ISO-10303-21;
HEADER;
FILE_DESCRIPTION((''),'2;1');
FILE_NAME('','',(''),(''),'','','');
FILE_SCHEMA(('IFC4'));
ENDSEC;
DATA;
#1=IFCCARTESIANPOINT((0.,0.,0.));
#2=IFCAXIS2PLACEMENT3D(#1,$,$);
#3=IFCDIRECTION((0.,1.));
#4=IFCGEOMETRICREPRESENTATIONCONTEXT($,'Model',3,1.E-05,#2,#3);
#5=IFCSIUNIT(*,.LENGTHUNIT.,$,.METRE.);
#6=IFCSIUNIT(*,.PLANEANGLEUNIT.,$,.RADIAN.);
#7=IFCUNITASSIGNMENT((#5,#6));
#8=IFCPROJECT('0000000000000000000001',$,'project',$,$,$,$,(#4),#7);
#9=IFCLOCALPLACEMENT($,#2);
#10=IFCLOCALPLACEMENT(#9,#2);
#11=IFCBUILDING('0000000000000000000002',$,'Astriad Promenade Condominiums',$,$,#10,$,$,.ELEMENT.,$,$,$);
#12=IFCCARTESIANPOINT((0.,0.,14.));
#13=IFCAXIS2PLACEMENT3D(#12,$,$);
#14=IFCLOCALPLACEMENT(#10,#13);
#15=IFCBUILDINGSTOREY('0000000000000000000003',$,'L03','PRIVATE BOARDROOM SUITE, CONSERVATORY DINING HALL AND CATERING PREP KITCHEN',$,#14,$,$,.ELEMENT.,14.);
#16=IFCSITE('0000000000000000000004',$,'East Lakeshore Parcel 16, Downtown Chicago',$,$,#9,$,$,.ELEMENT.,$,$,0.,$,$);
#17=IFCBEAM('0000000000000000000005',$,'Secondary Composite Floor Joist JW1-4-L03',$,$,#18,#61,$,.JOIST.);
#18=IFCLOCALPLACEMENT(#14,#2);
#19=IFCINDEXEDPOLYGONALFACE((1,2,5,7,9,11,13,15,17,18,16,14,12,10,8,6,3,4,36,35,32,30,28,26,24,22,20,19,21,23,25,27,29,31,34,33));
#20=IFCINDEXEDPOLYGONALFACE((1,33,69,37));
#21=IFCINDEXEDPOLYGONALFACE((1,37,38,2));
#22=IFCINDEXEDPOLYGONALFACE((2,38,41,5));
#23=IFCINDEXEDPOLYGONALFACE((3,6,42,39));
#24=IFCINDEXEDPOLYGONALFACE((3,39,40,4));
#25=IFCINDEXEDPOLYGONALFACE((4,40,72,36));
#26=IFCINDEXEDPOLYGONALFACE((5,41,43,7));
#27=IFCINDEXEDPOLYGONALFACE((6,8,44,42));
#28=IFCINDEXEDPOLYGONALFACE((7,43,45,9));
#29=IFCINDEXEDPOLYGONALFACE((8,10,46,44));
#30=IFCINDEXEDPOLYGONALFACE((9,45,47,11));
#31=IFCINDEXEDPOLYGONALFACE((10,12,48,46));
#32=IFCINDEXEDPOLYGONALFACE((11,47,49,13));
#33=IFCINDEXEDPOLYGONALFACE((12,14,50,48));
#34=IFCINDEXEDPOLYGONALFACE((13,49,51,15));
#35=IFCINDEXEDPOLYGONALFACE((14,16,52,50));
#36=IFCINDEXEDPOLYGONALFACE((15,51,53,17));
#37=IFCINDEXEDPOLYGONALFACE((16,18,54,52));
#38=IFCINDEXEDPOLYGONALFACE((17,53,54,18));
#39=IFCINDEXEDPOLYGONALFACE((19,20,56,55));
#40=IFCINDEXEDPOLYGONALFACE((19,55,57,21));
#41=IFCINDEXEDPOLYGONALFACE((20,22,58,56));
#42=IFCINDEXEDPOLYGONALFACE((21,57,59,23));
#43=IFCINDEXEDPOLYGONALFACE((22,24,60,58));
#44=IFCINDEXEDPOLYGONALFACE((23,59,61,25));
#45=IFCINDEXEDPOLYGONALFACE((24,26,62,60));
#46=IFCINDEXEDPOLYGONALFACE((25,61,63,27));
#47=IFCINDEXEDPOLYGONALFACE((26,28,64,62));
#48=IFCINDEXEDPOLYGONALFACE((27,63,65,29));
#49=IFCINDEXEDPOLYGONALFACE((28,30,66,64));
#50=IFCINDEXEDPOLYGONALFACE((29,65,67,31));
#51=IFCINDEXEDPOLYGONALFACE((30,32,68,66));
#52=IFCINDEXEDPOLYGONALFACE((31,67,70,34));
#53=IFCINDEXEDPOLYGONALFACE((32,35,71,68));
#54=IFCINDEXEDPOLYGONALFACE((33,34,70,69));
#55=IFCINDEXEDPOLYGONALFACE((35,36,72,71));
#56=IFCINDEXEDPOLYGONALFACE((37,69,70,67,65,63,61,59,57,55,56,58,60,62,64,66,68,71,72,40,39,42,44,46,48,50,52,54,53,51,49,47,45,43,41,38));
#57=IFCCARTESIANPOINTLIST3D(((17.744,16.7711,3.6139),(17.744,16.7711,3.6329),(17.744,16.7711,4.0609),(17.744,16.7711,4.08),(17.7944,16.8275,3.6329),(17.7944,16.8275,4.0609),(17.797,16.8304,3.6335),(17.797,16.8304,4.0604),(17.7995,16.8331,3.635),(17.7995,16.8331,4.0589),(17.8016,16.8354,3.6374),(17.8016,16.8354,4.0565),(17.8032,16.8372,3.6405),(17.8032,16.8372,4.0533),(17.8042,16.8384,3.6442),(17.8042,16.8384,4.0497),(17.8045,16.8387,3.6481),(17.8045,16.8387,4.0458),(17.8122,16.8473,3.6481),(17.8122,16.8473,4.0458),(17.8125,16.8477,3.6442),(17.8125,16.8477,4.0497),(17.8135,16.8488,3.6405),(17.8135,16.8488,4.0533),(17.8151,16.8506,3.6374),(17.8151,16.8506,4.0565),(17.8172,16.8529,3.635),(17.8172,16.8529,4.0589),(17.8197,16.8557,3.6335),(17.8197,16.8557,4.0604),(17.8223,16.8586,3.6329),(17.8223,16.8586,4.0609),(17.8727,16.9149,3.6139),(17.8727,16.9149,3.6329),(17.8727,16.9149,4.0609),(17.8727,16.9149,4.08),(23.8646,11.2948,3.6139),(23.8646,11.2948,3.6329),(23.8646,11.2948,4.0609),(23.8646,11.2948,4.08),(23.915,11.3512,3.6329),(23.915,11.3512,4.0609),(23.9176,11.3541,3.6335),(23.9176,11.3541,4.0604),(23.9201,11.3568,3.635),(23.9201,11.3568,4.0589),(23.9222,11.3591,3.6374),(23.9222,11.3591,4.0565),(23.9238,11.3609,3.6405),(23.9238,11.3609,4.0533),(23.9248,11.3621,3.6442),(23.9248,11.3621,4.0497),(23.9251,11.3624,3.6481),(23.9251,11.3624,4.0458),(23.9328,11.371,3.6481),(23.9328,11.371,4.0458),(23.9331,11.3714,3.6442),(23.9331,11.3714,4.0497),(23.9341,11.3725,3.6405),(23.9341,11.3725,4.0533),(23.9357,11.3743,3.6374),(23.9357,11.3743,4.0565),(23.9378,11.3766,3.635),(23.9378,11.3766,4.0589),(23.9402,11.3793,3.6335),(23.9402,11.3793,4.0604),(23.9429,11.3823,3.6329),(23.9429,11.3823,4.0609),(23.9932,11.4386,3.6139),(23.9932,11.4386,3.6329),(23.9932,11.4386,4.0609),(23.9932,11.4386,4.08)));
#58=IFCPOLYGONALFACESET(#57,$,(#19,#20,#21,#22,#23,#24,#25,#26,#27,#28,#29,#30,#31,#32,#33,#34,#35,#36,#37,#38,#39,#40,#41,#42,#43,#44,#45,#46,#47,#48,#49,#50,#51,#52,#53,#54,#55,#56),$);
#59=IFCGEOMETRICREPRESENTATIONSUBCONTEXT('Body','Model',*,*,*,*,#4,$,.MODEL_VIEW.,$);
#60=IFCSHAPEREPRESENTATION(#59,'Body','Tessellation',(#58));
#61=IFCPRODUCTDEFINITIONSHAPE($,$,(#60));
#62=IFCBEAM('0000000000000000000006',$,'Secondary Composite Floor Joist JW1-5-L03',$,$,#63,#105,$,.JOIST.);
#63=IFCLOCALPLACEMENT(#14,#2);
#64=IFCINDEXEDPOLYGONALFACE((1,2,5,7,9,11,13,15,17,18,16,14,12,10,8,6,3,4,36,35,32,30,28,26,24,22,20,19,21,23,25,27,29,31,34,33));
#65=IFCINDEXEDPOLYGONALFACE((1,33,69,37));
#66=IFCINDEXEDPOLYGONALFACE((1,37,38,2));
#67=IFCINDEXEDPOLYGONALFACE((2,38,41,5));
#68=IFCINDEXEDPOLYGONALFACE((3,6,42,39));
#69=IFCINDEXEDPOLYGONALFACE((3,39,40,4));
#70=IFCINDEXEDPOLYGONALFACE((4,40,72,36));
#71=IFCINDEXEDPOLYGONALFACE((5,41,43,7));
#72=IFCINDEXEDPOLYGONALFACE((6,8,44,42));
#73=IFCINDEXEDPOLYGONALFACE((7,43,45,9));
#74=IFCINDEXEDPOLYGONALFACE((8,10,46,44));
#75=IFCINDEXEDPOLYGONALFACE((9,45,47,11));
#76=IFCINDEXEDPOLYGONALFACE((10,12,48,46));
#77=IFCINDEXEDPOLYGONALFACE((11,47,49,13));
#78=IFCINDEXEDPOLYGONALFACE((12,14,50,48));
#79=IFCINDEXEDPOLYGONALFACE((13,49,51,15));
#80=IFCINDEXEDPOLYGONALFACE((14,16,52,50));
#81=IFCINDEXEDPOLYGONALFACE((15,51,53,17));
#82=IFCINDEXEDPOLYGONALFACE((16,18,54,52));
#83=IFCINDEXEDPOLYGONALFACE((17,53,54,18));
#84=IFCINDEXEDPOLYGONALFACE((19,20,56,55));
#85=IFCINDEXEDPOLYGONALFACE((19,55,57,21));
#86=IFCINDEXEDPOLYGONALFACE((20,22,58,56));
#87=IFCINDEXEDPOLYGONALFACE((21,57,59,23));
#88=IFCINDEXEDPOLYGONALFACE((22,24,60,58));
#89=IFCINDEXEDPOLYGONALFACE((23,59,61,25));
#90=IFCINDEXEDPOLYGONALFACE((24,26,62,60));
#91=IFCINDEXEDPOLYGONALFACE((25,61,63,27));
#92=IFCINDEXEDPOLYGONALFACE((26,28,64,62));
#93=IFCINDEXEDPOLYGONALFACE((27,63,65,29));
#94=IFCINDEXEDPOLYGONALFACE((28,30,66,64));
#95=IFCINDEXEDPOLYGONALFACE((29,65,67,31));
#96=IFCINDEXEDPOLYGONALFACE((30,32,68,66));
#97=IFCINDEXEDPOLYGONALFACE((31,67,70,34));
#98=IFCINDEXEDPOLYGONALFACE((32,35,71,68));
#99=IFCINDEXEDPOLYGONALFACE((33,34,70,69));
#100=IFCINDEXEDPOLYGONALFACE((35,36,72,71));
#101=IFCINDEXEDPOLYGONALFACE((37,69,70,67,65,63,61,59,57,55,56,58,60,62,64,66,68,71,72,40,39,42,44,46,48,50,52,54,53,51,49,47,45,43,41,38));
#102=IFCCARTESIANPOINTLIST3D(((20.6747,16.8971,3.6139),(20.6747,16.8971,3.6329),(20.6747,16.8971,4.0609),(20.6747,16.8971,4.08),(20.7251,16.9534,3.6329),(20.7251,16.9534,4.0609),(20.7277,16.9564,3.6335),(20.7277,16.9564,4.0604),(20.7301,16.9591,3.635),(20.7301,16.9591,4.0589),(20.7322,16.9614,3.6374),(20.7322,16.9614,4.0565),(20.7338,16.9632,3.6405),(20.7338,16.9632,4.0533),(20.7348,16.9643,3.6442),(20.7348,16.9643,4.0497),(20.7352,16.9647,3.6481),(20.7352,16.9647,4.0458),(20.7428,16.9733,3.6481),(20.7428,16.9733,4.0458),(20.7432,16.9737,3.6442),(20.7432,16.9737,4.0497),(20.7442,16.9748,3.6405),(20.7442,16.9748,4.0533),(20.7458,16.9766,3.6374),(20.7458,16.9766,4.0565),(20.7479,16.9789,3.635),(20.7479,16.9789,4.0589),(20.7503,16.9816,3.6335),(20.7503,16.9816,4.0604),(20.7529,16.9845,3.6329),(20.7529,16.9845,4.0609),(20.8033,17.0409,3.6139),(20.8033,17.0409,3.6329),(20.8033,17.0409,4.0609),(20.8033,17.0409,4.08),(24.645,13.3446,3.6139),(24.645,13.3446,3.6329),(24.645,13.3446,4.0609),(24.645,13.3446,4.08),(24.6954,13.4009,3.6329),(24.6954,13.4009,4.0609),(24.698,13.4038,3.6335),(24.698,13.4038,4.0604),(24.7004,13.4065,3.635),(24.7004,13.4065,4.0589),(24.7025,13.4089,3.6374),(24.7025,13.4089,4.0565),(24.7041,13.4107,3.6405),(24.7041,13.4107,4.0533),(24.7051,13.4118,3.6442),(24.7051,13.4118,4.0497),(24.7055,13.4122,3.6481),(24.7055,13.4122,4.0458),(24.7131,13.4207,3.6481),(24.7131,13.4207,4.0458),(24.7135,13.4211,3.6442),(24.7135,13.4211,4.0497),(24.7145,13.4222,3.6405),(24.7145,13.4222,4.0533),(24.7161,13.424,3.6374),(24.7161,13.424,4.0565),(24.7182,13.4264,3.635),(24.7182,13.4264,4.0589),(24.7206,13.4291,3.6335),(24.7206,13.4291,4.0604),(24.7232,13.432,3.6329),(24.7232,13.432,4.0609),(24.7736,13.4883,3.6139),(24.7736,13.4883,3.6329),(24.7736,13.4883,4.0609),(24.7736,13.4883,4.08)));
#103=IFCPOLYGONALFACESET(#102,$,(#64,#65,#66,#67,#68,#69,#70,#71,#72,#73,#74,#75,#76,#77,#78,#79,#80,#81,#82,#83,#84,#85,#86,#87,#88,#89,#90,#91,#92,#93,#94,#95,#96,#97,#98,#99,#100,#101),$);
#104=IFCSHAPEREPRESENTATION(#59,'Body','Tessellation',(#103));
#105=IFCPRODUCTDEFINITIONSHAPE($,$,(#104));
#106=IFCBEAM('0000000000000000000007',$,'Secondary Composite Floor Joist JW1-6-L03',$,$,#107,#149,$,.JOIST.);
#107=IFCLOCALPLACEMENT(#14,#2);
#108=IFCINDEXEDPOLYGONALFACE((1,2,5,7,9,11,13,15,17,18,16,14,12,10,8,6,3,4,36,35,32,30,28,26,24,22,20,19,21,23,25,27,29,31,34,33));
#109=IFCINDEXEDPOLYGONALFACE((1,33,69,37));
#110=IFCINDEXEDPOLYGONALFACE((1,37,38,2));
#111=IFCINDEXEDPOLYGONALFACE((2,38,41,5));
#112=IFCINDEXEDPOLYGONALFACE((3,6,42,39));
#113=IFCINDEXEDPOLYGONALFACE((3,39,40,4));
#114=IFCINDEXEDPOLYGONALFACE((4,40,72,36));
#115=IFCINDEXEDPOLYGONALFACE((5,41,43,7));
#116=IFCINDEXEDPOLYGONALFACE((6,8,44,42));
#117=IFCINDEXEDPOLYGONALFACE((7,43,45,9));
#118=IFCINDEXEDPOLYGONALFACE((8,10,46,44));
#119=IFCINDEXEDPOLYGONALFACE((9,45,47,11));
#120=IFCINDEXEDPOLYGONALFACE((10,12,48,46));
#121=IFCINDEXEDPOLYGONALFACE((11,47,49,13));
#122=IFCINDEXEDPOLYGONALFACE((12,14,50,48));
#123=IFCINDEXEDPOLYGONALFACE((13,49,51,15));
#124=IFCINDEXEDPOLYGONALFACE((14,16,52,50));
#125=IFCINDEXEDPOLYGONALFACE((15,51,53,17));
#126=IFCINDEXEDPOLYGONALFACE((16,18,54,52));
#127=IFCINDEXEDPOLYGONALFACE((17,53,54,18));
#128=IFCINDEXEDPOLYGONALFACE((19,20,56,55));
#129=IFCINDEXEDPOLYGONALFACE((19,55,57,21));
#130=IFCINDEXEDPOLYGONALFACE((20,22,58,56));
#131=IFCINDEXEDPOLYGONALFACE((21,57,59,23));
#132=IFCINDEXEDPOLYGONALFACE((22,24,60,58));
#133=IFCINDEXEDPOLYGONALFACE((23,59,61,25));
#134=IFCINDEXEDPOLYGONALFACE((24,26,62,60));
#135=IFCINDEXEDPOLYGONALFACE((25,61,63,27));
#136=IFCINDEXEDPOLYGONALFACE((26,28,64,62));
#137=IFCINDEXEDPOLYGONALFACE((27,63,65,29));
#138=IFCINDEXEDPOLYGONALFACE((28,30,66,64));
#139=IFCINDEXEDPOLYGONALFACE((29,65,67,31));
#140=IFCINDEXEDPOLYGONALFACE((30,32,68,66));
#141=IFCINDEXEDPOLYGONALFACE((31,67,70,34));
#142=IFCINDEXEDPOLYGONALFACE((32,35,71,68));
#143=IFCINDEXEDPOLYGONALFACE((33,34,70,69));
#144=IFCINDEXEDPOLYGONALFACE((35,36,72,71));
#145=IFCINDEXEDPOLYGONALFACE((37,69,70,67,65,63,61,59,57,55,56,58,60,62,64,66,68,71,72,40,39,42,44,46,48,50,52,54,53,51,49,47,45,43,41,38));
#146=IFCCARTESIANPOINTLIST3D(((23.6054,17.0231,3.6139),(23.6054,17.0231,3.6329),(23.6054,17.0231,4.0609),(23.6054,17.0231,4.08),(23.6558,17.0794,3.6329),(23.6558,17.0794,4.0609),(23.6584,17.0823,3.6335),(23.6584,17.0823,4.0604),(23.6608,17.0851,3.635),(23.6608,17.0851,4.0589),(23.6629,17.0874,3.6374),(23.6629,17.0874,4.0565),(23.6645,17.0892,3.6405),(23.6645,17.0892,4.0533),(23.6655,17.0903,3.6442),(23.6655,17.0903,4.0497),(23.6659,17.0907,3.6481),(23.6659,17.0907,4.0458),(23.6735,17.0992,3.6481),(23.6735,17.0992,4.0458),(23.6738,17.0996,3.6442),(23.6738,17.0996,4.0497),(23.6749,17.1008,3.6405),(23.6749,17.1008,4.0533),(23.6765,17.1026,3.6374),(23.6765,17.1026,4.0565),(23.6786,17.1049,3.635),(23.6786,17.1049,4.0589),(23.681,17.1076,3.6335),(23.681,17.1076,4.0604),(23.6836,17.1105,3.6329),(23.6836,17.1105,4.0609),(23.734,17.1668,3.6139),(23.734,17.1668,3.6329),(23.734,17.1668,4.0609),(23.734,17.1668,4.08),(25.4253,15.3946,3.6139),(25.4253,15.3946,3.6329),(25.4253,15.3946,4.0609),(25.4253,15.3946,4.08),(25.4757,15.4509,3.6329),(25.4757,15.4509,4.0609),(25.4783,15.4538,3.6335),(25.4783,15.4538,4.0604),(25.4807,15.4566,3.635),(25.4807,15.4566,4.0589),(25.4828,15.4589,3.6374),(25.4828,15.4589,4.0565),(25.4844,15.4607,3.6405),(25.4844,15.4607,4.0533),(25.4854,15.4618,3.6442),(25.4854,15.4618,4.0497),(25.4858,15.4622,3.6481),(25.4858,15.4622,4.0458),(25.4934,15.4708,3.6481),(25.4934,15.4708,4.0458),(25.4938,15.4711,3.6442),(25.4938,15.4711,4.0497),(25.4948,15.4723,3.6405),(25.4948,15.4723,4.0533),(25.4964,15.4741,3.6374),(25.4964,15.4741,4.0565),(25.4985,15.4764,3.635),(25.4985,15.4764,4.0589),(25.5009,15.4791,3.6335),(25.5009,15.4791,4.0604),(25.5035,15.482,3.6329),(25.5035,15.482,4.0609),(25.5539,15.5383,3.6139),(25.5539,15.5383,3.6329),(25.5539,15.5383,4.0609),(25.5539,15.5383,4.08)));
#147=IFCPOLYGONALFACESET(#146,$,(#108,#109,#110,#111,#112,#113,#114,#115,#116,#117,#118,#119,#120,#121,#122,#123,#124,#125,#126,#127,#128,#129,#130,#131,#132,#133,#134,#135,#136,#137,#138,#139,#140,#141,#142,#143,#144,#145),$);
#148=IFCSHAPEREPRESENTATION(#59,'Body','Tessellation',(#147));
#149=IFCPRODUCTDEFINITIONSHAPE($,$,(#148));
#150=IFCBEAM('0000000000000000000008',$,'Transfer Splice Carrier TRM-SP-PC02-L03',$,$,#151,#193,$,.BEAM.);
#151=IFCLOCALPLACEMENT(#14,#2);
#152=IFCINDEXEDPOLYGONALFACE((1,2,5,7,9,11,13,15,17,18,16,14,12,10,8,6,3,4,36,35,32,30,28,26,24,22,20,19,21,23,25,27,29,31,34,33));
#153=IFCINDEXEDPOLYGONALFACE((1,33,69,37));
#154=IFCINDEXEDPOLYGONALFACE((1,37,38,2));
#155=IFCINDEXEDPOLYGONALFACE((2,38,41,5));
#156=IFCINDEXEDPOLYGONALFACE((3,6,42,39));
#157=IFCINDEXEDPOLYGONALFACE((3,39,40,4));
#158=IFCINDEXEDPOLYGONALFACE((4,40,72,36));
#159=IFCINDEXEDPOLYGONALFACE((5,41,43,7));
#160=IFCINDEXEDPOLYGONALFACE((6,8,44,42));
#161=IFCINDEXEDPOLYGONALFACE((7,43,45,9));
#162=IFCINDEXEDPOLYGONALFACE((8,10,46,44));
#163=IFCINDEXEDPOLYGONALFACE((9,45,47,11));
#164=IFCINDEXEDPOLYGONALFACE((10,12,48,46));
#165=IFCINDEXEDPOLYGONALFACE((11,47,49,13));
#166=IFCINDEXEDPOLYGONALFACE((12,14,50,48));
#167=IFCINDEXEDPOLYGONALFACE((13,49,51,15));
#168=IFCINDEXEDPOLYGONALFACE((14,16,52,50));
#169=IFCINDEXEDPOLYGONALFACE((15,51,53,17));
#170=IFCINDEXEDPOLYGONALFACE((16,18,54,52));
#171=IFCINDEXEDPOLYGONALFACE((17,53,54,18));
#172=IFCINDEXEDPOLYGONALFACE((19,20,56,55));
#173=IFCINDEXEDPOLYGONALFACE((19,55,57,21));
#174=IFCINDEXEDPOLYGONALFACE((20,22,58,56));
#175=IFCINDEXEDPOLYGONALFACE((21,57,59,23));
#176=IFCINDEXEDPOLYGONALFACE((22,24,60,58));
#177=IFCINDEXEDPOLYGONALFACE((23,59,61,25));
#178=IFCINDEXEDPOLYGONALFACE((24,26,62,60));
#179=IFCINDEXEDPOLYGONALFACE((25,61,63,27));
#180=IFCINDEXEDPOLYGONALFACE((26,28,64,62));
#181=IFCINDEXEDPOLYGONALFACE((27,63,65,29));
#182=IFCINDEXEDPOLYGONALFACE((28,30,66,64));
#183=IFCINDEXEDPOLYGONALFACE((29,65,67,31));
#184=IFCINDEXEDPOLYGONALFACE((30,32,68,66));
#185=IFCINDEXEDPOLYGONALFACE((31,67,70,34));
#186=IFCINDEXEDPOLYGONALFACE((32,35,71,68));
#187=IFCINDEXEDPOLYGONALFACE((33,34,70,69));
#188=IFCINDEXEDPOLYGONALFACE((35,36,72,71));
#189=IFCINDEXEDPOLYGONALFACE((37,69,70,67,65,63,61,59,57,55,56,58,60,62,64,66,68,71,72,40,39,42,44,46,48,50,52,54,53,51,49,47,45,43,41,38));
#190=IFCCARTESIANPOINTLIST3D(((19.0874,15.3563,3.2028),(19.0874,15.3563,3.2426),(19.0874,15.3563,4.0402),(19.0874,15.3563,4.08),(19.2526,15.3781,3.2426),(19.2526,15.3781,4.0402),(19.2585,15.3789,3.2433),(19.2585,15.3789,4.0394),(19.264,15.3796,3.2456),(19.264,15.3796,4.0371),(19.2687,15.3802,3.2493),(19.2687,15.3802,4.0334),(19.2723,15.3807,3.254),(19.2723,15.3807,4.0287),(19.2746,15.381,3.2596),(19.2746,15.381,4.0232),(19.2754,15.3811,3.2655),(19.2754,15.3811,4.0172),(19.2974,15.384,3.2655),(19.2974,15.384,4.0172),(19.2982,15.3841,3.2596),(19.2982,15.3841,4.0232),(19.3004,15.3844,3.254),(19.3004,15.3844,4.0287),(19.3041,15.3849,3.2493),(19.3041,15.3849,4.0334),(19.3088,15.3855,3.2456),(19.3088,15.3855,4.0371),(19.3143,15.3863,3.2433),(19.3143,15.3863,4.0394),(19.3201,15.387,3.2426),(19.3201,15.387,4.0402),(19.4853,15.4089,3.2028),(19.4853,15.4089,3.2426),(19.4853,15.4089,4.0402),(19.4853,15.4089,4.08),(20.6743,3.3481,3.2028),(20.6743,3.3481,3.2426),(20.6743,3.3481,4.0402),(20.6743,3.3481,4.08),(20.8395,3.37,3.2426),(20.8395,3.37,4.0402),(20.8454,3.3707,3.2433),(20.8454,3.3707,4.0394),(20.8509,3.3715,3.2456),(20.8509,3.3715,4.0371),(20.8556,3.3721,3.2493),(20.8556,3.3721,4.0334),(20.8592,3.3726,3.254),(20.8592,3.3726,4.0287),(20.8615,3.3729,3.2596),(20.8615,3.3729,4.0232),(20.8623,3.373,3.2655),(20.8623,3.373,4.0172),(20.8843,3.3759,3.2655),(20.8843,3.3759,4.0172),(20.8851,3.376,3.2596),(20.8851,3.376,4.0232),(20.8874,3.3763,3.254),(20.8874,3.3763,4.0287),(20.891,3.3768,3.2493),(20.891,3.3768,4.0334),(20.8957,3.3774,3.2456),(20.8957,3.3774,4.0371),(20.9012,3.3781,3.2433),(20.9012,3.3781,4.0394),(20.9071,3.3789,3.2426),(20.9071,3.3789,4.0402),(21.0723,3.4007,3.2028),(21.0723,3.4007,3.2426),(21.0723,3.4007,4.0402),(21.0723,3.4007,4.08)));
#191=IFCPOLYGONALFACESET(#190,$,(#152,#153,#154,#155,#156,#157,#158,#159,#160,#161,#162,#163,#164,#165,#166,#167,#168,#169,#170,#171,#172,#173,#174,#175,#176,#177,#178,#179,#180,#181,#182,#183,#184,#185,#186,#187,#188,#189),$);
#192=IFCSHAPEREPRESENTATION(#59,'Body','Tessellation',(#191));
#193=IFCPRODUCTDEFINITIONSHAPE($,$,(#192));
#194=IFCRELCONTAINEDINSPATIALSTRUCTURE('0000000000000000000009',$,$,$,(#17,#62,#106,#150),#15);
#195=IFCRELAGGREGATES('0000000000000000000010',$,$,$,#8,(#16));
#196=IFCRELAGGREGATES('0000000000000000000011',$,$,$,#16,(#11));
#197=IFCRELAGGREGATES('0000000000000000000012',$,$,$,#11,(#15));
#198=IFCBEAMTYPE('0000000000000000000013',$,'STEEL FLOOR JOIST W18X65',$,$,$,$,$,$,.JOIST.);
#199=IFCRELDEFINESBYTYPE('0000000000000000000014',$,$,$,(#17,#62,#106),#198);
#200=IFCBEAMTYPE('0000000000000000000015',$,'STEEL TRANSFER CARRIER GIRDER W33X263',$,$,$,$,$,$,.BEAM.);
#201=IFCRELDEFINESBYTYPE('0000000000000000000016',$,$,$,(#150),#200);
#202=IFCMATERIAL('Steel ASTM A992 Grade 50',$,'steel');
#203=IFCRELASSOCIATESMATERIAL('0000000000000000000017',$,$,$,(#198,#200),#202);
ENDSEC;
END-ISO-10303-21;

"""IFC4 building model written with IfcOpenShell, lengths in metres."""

from ifc_helpers import new_model, si_unit, direction, frame, origin, origin_2d, place, context, subcontext, project, spatial, i_section, extrude, source, transform, mapped, material, material_profile, profile_set, type_object, type_shapes, element, save


model = new_model("IFC4")

# Units and contexts
model_context = context("Model", 3, precision=1e-05, world=origin(), true_north=direction((0.0, 1.0)))
body_context = subcontext(model_context, "Body", "Model", "MODEL_VIEW")
ifc_project = project(units=[si_unit("LENGTHUNIT", "METRE"), si_unit("PLANEANGLEUNIT", "RADIAN")], contexts=[model_context])

# Site, building, storey
site_placement = place(None, origin())
site = spatial("IfcSite", under=ifc_project, at=site_placement, Name="East Lakeshore Parcel 16, Downtown Chicago", CompositionType="ELEMENT", RefElevation=0.0)
building_placement = place(site_placement, origin())
building = spatial("IfcBuilding", under=site, at=building_placement, Name="Astriad Promenade Condominiums", CompositionType="ELEMENT")
storey_placement = place(building_placement, frame((0.0, 0.0, 14.0)))
storey = spatial("IfcBuildingStorey", under=building, at=storey_placement, Name="L03", Description="PRIVATE BOARDROOM SUITE, CONSERVATORY DINING HALL AND CATERING PREP KITCHEN", CompositionType="ELEMENT", Elevation=14.0)

# Shared definitions
ifc_material_1 = material(Name="Steel ASTM A992 Grade 50", Category="steel")

# Beams
ifc_material_profile_1 = material_profile(ifc_material_1, i_section(OverallWidth=0.1929, OverallDepth=0.4661, WebThickness=0.0115, FlangeThickness=0.019, FilletRadius=0.0151, at=origin_2d()), Name="W18X65")
ifc_profile_set_1 = profile_set([ifc_material_profile_1], Name="Steel ASTM A992 Grade 50")
beam_type_1 = type_object("IfcBeamType", Name="STEEL FLOOR JOIST W18X65", PredefinedType="JOIST", material=ifc_profile_set_1)
shared_shape_1 = source(origin(), body_context, "Body", "SweptSolid", [
    extrude(i_section(OverallWidth=0.1929, OverallDepth=0.4661, WebThickness=0.0115, FlangeThickness=0.019, FilletRadius=0.0151, at=origin_2d()), origin(), (0.0, 0.0, 1.0), 8.2129),
])
beam_1_placement = place(storey_placement, frame((17.8083, 16.843, 3.8469), z_axis=(0.745242, -0.666794, 0.0), x_axis=(0.666794, 0.745242, 0.0)))
element("IfcBeam", 1, at=beam_1_placement, inside=storey, type_object=beam_type_1, Name="Secondary Composite Floor Joist JW1-4-L03", PredefinedType="JOIST", context=body_context, shape_type="MappedRepresentation", body=[
    mapped(shared_shape_1, transform((0.0, 0.0, 0.0), scale=1.0)),
])
shared_shape_2 = source(origin(), body_context, "Body", "SweptSolid", [
    extrude(i_section(OverallWidth=0.1929, OverallDepth=0.4661, WebThickness=0.0115, FlangeThickness=0.019, FilletRadius=0.0151, at=origin_2d()), origin(), (0.0, 0.0, 1.0), 5.3276),
])
beam_2_placement = place(storey_placement, frame((20.739, 16.969, 3.8469), z_axis=(0.745223, -0.666815, 0.0), x_axis=(0.666815, 0.745223, 0.0)))
element("IfcBeam", 2, at=beam_2_placement, inside=storey, type_object=beam_type_1, Name="Secondary Composite Floor Joist JW1-5-L03", PredefinedType="JOIST", context=body_context, shape_type="MappedRepresentation", body=[
    mapped(shared_shape_2, transform((0.0, 0.0, 0.0), scale=1.0)),
])
shared_shape_3 = source(origin(), body_context, "Body", "SweptSolid", [
    extrude(i_section(OverallWidth=0.1929, OverallDepth=0.4661, WebThickness=0.0115, FlangeThickness=0.019, FilletRadius=0.0151, at=origin_2d()), origin(), (0.0, 0.0, 1.0), 2.4421),
])
type_shapes(beam_type_1, [shared_shape_1, shared_shape_2, shared_shape_3])
beam_3_placement = place(storey_placement, frame((23.6697, 17.095, 3.8469), z_axis=(0.74521, -0.66683, 0.0), x_axis=(0.66683, 0.74521, 0.0)))
element("IfcBeam", 3, at=beam_3_placement, inside=storey, type_object=beam_type_1, Name="Secondary Composite Floor Joist JW1-6-L03", PredefinedType="JOIST", context=body_context, shape_type="MappedRepresentation", body=[
    mapped(shared_shape_3, transform((0.0, 0.0, 0.0), scale=1.0)),
])
ifc_material_profile_2 = material_profile(ifc_material_1, i_section(OverallWidth=0.4014, OverallDepth=0.8772, WebThickness=0.0222, FlangeThickness=0.0398, FilletRadius=0.0229, at=origin_2d()), Name="W33X263")
ifc_profile_set_2 = profile_set([ifc_material_profile_2], Name="Steel ASTM A992 Grade 50")
beam_type_2 = type_object("IfcBeamType", Name="STEEL TRANSFER CARRIER GIRDER W33X263", PredefinedType="BEAM", material=ifc_profile_set_2)
shared_shape_4 = source(origin(), body_context, "Body", "SweptSolid", [
    extrude(i_section(OverallWidth=0.4014, OverallDepth=0.8772, WebThickness=0.0222, FlangeThickness=0.0398, FilletRadius=0.0229, at=origin_2d()), origin(), (0.0, 0.0, 1.0), 12.1125),
])
beam_4_placement = place(storey_placement, frame((19.2864, 15.3826, 3.6414), z_axis=(0.131015, -0.99138, 0.0), x_axis=(0.99138, 0.131015, 0.0)))
element("IfcBeam", 4, at=beam_4_placement, inside=storey, type_object=beam_type_2, Name="Transfer Splice Carrier TRM-SP-PC02-L03", PredefinedType="BEAM", context=body_context, shape_type="MappedRepresentation", body=[
    mapped(shared_shape_4, transform((0.0, 0.0, 0.0), scale=1.0)),
])

save(model, "model.ifc")
